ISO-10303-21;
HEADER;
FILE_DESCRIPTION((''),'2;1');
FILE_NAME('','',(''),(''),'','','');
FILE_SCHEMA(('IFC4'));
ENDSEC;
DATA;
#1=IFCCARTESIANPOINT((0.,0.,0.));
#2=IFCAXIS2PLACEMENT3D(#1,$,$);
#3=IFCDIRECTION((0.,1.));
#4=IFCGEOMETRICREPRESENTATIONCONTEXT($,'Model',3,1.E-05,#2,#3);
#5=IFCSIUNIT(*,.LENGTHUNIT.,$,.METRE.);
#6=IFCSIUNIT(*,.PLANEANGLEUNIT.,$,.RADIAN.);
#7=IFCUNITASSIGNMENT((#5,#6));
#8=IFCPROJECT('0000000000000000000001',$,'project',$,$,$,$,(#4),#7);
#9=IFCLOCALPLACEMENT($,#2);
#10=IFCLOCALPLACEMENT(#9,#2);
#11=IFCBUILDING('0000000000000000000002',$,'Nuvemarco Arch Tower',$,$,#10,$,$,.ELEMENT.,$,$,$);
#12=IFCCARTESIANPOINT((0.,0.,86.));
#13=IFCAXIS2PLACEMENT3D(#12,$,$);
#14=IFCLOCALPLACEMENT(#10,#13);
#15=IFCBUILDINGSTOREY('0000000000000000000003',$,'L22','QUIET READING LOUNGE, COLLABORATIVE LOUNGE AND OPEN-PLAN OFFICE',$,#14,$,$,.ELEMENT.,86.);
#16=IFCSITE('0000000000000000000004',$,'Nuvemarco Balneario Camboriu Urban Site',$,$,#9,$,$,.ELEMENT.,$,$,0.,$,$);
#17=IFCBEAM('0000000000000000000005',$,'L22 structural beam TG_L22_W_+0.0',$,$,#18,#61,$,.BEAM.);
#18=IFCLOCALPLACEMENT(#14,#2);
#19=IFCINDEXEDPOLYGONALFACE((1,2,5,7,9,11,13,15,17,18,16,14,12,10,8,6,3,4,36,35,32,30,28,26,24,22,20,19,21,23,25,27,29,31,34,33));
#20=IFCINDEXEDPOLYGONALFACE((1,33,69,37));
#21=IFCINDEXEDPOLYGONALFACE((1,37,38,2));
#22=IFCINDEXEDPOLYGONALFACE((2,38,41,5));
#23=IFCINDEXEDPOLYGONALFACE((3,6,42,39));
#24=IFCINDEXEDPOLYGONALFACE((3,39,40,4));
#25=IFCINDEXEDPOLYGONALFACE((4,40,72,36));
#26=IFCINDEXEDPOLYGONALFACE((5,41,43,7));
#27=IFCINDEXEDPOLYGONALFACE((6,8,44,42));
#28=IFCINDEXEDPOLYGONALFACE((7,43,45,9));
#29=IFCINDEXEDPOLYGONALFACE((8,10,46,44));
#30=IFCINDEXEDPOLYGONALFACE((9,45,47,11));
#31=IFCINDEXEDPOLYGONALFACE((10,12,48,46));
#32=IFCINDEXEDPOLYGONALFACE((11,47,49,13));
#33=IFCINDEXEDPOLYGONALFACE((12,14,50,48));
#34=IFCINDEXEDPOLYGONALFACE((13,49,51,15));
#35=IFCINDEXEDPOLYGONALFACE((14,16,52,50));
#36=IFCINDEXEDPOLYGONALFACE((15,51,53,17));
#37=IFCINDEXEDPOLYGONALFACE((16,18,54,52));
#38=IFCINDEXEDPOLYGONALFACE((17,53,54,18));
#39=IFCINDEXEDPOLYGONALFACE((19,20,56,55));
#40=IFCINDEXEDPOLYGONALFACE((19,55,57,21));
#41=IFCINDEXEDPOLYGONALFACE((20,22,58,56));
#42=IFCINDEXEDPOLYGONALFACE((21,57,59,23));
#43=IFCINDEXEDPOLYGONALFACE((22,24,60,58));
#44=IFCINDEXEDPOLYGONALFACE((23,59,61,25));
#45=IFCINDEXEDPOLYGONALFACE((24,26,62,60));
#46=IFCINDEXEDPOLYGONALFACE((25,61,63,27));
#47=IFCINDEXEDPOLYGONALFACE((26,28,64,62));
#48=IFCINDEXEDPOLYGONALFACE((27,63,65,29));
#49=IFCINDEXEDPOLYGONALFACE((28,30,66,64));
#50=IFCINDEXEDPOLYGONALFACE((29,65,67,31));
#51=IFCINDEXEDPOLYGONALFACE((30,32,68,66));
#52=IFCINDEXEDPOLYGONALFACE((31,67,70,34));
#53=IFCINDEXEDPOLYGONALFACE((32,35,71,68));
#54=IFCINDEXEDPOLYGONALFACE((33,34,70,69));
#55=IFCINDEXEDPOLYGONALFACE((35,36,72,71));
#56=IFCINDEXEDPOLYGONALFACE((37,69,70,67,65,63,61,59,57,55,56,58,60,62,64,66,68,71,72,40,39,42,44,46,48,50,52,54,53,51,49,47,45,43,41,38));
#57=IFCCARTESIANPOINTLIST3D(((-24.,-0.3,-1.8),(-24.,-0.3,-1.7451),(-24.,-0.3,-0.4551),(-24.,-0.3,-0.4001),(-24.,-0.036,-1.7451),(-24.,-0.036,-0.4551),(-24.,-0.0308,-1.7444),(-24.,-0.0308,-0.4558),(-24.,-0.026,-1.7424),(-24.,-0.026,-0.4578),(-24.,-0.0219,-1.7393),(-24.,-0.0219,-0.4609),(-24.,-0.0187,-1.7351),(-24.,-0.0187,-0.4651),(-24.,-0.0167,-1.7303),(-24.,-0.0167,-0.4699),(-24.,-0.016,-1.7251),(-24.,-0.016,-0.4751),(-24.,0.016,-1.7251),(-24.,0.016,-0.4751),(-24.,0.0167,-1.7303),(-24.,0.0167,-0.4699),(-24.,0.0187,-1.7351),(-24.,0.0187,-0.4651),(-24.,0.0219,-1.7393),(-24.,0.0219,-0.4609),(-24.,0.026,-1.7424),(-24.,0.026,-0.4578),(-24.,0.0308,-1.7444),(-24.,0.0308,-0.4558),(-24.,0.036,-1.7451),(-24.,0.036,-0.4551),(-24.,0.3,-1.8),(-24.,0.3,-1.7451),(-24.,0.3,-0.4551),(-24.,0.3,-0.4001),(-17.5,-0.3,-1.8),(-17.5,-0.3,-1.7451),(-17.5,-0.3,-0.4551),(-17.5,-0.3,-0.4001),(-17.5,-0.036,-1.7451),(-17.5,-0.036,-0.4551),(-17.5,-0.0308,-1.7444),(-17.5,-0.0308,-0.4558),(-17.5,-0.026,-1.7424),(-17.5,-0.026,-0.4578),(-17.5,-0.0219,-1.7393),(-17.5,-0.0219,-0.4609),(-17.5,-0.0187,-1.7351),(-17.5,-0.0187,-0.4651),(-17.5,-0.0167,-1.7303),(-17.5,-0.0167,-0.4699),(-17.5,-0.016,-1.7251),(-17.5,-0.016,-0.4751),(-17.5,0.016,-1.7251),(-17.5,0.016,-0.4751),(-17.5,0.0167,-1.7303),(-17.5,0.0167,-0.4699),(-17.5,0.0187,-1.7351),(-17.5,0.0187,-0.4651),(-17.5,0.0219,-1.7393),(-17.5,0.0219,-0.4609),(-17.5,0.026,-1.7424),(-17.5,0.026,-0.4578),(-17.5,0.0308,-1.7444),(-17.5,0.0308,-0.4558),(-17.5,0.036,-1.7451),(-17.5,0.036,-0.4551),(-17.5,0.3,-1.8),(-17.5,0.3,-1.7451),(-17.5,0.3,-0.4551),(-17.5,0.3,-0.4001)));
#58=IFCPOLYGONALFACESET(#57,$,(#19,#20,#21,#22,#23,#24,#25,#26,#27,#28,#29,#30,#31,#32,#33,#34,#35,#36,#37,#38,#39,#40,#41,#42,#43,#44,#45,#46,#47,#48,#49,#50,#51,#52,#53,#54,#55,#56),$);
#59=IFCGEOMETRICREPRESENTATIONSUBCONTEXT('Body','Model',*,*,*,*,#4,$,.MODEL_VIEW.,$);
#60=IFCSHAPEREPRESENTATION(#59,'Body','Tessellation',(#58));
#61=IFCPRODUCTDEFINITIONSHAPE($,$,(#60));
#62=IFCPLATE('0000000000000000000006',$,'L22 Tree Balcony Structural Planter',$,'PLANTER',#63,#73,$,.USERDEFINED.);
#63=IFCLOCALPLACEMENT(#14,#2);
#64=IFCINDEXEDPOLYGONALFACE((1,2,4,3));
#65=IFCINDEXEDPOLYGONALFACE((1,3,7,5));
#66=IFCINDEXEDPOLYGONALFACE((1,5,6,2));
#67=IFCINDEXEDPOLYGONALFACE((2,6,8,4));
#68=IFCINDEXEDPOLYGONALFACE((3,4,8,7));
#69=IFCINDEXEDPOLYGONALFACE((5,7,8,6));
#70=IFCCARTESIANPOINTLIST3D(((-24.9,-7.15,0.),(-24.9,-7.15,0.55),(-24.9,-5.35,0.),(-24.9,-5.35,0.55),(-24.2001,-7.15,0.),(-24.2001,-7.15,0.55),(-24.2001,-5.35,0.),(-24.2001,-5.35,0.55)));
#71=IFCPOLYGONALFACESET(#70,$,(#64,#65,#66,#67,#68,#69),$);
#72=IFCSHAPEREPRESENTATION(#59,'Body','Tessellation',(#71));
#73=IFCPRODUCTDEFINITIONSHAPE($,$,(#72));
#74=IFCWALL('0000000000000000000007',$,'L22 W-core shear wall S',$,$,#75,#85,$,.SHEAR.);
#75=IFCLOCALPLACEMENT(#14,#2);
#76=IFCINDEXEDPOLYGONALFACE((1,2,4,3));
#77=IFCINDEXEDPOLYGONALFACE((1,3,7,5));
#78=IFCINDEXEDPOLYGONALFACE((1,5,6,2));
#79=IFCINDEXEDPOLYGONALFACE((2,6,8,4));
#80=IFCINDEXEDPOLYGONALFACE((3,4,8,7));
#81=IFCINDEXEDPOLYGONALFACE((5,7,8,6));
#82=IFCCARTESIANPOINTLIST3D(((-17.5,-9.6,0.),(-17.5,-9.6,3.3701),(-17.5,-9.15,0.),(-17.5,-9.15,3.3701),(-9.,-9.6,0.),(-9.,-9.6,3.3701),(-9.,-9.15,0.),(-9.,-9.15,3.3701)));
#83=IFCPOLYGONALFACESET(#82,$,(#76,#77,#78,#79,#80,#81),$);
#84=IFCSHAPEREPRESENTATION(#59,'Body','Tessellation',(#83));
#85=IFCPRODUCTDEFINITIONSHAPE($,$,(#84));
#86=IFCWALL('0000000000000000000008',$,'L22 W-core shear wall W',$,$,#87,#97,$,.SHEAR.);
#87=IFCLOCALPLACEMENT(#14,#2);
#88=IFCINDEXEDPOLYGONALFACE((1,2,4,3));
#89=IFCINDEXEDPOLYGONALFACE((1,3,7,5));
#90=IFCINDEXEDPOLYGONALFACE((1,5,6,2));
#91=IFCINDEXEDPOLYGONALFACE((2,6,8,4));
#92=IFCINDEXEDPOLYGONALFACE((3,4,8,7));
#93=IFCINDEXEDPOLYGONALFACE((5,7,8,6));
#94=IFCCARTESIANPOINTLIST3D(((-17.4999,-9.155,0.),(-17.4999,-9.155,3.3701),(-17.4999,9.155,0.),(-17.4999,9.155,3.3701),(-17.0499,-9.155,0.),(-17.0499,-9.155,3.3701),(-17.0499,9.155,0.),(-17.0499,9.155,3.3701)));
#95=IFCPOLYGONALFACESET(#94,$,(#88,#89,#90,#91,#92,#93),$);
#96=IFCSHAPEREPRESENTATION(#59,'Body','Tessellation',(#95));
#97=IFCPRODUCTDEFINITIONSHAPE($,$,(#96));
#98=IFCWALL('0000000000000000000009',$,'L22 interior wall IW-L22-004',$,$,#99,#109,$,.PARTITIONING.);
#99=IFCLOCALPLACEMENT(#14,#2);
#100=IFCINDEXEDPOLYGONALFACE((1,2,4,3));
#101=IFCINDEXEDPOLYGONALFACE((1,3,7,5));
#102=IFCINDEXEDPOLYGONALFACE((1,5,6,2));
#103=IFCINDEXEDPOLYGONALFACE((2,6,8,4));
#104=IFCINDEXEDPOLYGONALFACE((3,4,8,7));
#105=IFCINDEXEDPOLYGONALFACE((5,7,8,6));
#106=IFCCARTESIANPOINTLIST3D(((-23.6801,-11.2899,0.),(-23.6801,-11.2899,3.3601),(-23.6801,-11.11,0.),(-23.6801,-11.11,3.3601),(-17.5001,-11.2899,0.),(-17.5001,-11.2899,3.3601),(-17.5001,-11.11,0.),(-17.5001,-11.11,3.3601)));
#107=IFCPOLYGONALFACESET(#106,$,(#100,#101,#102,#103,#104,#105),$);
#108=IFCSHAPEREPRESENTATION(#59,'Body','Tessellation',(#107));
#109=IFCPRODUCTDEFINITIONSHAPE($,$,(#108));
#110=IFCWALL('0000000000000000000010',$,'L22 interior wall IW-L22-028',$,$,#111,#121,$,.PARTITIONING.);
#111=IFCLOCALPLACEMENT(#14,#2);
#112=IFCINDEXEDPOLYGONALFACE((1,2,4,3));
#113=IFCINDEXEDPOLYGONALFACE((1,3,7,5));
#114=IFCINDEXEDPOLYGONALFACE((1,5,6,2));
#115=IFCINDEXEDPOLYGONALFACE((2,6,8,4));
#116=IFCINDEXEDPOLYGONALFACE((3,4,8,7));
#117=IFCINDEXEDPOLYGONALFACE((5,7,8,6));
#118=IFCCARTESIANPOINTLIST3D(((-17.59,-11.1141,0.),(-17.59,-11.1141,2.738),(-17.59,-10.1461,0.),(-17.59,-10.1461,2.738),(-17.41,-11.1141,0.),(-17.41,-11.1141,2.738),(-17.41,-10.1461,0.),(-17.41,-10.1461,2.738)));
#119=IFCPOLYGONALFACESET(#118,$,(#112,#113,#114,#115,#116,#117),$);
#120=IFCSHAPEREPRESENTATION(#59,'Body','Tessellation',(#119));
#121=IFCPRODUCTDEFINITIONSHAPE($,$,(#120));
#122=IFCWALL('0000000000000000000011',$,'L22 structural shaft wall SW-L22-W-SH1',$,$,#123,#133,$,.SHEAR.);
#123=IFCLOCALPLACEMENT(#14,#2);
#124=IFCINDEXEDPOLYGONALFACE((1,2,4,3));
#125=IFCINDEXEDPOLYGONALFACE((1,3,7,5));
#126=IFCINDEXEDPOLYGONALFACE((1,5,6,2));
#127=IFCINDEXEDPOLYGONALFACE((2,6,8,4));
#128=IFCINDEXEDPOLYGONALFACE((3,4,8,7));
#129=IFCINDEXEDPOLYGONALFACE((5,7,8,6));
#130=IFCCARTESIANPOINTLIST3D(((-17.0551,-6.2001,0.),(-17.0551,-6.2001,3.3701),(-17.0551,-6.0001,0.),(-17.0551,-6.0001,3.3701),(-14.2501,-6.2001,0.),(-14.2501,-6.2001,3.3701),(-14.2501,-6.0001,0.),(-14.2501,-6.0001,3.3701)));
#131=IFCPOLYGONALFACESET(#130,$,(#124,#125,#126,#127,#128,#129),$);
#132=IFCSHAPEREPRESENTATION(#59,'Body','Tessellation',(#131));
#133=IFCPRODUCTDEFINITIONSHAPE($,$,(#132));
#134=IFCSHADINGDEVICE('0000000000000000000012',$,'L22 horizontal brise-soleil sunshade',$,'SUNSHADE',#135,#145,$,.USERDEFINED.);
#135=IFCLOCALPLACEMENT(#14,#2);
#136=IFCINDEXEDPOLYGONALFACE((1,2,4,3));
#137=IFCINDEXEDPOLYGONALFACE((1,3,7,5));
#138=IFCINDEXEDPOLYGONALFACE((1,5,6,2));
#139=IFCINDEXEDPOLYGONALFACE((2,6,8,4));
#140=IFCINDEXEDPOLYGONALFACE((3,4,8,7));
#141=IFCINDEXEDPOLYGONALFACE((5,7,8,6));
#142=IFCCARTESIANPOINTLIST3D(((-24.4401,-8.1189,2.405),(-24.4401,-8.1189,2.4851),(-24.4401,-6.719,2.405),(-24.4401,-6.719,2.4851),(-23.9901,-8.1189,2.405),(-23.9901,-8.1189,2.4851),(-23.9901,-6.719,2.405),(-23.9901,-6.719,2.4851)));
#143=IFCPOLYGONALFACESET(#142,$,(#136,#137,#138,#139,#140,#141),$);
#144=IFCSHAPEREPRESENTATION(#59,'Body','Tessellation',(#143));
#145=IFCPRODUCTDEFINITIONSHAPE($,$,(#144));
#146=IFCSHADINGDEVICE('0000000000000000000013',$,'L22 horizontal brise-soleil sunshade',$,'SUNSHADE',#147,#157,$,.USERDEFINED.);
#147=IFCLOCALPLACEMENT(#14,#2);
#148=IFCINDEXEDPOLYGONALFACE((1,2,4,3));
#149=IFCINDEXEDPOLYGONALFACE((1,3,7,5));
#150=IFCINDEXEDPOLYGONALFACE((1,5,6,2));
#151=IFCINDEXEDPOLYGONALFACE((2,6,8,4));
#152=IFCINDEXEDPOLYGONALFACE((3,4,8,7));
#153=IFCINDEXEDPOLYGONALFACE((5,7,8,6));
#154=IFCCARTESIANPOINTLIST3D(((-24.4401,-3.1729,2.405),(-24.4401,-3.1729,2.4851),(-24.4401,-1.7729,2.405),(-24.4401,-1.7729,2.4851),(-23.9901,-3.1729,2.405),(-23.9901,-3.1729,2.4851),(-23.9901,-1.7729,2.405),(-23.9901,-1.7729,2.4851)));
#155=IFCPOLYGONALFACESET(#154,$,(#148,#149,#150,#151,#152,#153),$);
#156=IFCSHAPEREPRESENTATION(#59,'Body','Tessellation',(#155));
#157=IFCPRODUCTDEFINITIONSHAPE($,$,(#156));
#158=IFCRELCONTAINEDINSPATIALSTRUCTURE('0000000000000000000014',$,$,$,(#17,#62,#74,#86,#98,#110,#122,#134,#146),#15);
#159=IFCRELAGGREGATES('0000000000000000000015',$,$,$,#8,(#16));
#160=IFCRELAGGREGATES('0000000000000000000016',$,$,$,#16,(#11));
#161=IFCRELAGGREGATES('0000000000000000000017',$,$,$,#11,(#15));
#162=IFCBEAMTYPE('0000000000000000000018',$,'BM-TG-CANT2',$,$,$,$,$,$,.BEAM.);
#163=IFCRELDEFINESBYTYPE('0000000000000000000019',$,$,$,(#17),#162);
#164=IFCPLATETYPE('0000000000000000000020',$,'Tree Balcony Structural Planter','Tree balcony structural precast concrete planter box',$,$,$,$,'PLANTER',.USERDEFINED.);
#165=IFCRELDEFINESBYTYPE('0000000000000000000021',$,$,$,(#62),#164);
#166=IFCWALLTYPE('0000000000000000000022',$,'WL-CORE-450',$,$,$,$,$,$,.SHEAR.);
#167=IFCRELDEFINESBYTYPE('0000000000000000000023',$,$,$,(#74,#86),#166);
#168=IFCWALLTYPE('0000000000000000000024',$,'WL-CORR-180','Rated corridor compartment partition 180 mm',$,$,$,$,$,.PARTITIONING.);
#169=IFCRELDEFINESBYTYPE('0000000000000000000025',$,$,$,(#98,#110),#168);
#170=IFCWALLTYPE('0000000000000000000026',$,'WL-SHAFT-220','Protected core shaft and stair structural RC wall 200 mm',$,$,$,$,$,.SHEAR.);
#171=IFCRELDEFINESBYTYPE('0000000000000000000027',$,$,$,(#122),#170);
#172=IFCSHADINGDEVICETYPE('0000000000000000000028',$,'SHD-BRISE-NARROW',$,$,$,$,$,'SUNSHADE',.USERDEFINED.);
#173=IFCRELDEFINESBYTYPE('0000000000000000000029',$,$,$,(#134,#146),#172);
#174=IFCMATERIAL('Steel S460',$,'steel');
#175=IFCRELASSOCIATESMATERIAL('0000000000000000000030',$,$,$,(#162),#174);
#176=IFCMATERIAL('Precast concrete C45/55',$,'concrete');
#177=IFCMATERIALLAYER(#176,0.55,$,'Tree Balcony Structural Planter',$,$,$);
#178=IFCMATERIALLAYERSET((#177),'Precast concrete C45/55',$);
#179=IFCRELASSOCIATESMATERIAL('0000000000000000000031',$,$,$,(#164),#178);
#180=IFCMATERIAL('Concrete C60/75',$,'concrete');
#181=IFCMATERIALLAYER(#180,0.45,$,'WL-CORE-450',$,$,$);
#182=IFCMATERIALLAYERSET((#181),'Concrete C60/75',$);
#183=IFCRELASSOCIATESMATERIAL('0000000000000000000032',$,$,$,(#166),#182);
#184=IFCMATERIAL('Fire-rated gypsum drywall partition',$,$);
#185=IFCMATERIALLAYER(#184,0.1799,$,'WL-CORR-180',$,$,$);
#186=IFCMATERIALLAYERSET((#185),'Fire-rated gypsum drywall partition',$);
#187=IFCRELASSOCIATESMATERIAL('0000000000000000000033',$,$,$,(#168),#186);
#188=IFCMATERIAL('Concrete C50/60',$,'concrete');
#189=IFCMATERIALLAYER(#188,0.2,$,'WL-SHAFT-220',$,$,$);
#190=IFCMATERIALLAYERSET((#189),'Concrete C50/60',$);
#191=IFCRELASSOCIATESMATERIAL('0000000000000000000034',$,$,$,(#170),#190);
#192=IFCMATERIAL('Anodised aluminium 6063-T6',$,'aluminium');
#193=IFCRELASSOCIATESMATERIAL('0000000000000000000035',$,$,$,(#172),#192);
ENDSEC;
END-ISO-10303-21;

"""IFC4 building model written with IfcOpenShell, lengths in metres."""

from ifc_helpers import new_model, si_unit, direction, frame, frame_2d, origin, origin_2d, place, context, subcontext, project, spatial, rectangle, i_section, extrude, source, transform, mapped, material, layer, layer_set, material_profile, profile_set, type_object, type_shapes, element, save


model = new_model("IFC4")

# Units and contexts
model_context = context("Model", 3, precision=1e-05, world=origin(), true_north=direction((0.0, 1.0)))
body_context = subcontext(model_context, "Body", "Model", "MODEL_VIEW")
ifc_project = project(units=[si_unit("LENGTHUNIT", "METRE"), si_unit("PLANEANGLEUNIT", "RADIAN")], contexts=[model_context])

# Site, building, storey
site_placement = place(None, origin())
site = spatial("IfcSite", under=ifc_project, at=site_placement, Name="Nuvemarco Balneario Camboriu Urban Site", CompositionType="ELEMENT", RefElevation=0.0)
building_placement = place(site_placement, origin())
building = spatial("IfcBuilding", under=site, at=building_placement, Name="Nuvemarco Arch Tower", CompositionType="ELEMENT")
storey_placement = place(building_placement, frame((0.0, 0.0, 86.0)))
storey = spatial("IfcBuildingStorey", under=building, at=storey_placement, Name="L22", Description="QUIET READING LOUNGE, COLLABORATIVE LOUNGE AND OPEN-PLAN OFFICE", CompositionType="ELEMENT", Elevation=86.0)

# Shared definitions
ifc_material_1 = material(Name="Concrete C60/75", Category="concrete")
ifc_material_2 = material(Name="Steel S460", Category="steel")

# Beam
ifc_material_3 = material(Name="Precast concrete C45/55", Category="concrete")
ifc_material_profile_1 = material_profile(ifc_material_2, i_section(OverallWidth=0.6001, OverallDepth=1.3999, WebThickness=0.032, FlangeThickness=0.0549, FilletRadius=0.02, at=origin_2d()), Name="PG1400x600")
ifc_profile_set_1 = profile_set([ifc_material_profile_1], Name="Steel S460")
beam_type_1 = type_object("IfcBeamType", Name="BM-TG-CANT2", PredefinedType="BEAM", material=ifc_profile_set_1)
beam_1_placement = place(storey_placement, frame((-24.0, 0.0, -1.1001), z_axis=(1.0, 0.0, 0.0), x_axis=(0.0, 1.0, 0.0)))
element("IfcBeam", 1, at=beam_1_placement, inside=storey, type_object=beam_type_1, Name="L22 structural beam TG_L22_W_+0.0", PredefinedType="BEAM", context=body_context, shape_type="SweptSolid", body=[
    extrude(i_section(OverallWidth=0.6001, OverallDepth=1.3999, WebThickness=0.032, FlangeThickness=0.0549, FilletRadius=0.02, at=origin_2d()), origin(), (0.0, 0.0, 1.0), 6.5),
])

# Plate
ifc_layer_1 = layer(ifc_material_3, 0.55, Name="Tree Balcony Structural Planter")
ifc_layer_set_1 = layer_set([ifc_layer_1], Name="Precast concrete C45/55")
plate_type = type_object("IfcPlateType", Name="Tree Balcony Structural Planter", Description="Tree balcony structural precast concrete planter box", ElementType="PLANTER", PredefinedType="USERDEFINED", material=ifc_layer_set_1)
shared_shape_1 = source(origin(), body_context, "Body", "SweptSolid", [
    extrude(rectangle(XDim=1.8, YDim=0.7, at=origin_2d()), origin(), (0.0, 0.0, 1.0), 0.55),
])
type_shapes(plate_type, [shared_shape_1])
plate_placement = place(storey_placement, frame((-24.55, -6.25, 0.0), z_axis=(0.0, 0.0, 1.0), x_axis=(0.0, 1.0, 0.0)))
element("IfcPlate", 2, at=plate_placement, inside=storey, type_object=plate_type, Name="L22 Tree Balcony Structural Planter", ObjectType="PLANTER", PredefinedType="USERDEFINED", context=body_context, shape_type="MappedRepresentation", body=[
    mapped(shared_shape_1, transform((0.0, 0.0, 0.0), scale=1.0)),
])

# Walls
ifc_layer_2 = layer(ifc_material_1, 0.45, Name="WL-CORE-450")
ifc_layer_set_2 = layer_set([ifc_layer_2], Name="Concrete C60/75")
wall_type_1 = type_object("IfcWallType", Name="WL-CORE-450", PredefinedType="SHEAR", material=ifc_layer_set_2)
wall_1_placement = place(storey_placement, frame((-17.5, -9.375, 0.0), z_axis=(0.0, 0.0, 1.0), x_axis=(1.0, 0.0, 0.0)))
element("IfcWall", 3, at=wall_1_placement, inside=storey, type_object=wall_type_1, Name="L22 W-core shear wall S", PredefinedType="SHEAR", context=body_context, shape_type="SweptSolid", body=[
    extrude(rectangle(XDim=8.5, YDim=0.45, at=frame_2d((4.25, 0.0))), origin(), (0.0, 0.0, 1.0), 3.3701),
])
wall_2_placement = place(storey_placement, frame((-17.2749, -9.155, 0.0), z_axis=(0.0, 0.0, 1.0), x_axis=(0.0, 1.0, 0.0)))
element("IfcWall", 4, at=wall_2_placement, inside=storey, type_object=wall_type_1, Name="L22 W-core shear wall W", PredefinedType="SHEAR", context=body_context, shape_type="SweptSolid", body=[
    extrude(rectangle(XDim=18.3101, YDim=0.45, at=frame_2d((9.155, 0.0))), origin(), (0.0, 0.0, 1.0), 3.3701),
])
ifc_material_4 = material(Name="Fire-rated gypsum drywall partition")
ifc_layer_3 = layer(ifc_material_4, 0.1799, Name="WL-CORR-180")
ifc_layer_set_3 = layer_set([ifc_layer_3], Name="Fire-rated gypsum drywall partition")
wall_type_2 = type_object("IfcWallType", Name="WL-CORR-180", Description="Rated corridor compartment partition 180 mm", PredefinedType="PARTITIONING", material=ifc_layer_set_3)
wall_3_placement = place(storey_placement, frame((-23.6799, -11.2, 0.0), z_axis=(0.0, 0.0, 1.0), x_axis=(1.0, 0.0, 0.0)))
element("IfcWall", 5, at=wall_3_placement, inside=storey, type_object=wall_type_2, Name="L22 interior wall IW-L22-004", PredefinedType="PARTITIONING", context=body_context, shape_type="SweptSolid", body=[
    extrude(rectangle(XDim=6.1799, YDim=0.1799, at=frame_2d((3.0898, 0.0))), origin(), (0.0, 0.0, 1.0), 3.3601),
])
wall_4_placement = place(storey_placement, frame((-17.5, -11.114, 0.0), z_axis=(0.0, 0.0, 1.0), x_axis=(0.0, 1.0, 0.0)))
element("IfcWall", 6, at=wall_4_placement, inside=storey, type_object=wall_type_2, Name="L22 interior wall IW-L22-028", PredefinedType="PARTITIONING", context=body_context, shape_type="SweptSolid", body=[
    extrude(rectangle(XDim=0.968, YDim=0.1799, at=frame_2d((0.4839, 0.0))), origin(), (0.0, 0.0, 1.0), 2.738),
])
ifc_material_5 = material(Name="Concrete C50/60", Category="concrete")
ifc_layer_4 = layer(ifc_material_5, 0.2, Name="WL-SHAFT-220")
ifc_layer_set_4 = layer_set([ifc_layer_4], Name="Concrete C50/60")
wall_type_3 = type_object("IfcWallType", Name="WL-SHAFT-220", Description="Protected core shaft and stair structural RC wall 200 mm", PredefinedType="SHEAR", material=ifc_layer_set_4)
wall_5_placement = place(storey_placement, frame((-17.0549, -6.1001, 0.0), z_axis=(0.0, 0.0, 1.0), x_axis=(1.0, 0.0, 0.0)))
element("IfcWall", 7, at=wall_5_placement, inside=storey, type_object=wall_type_3, Name="L22 structural shaft wall SW-L22-W-SH1", PredefinedType="SHEAR", context=body_context, shape_type="SweptSolid", body=[
    extrude(rectangle(XDim=2.8049, YDim=0.2, at=frame_2d((1.4023, 0.0))), origin(), (0.0, 0.0, 1.0), 3.3701),
])

# Shading devices
ifc_material_6 = material(Name="Anodised aluminium 6063-T6", Category="aluminium")
shading_device_type = type_object("IfcShadingDeviceType", Name="SHD-BRISE-NARROW", ElementType="SUNSHADE", PredefinedType="USERDEFINED", material=ifc_material_6)
shared_shape_2 = source(origin(), body_context, "Body", "SweptSolid", [
    extrude(rectangle(XDim=1.3999, YDim=0.45, at=origin_2d()), origin(), (0.0, 0.0, 1.0), 0.0801),
])
type_shapes(shading_device_type, [shared_shape_2])
for number, where, z_axis, x_axis, name in (
    (8, (-24.2151, -7.4189, 2.405), (0.0, 0.0, 1.0), (0.0, 1.0, 0.0), "L22 horizontal brise-soleil sunshade"),
    (9, (-24.2151, -2.4729, 2.405), (0.0, 0.0, 1.0), (0.0, 1.0, 0.0), "L22 horizontal brise-soleil sunshade"),
):
    element("IfcShadingDevice", number, at=place(storey_placement, frame(where, z_axis=z_axis, x_axis=x_axis)), inside=storey, type_object=shading_device_type, Name=name, ObjectType="SUNSHADE", PredefinedType="USERDEFINED", context=body_context, shape_type="MappedRepresentation", body=[
        mapped(shared_shape_2, transform((0.0, 0.0, 0.0), scale=1.0)),
    ])

save(model, "model.ifc")
